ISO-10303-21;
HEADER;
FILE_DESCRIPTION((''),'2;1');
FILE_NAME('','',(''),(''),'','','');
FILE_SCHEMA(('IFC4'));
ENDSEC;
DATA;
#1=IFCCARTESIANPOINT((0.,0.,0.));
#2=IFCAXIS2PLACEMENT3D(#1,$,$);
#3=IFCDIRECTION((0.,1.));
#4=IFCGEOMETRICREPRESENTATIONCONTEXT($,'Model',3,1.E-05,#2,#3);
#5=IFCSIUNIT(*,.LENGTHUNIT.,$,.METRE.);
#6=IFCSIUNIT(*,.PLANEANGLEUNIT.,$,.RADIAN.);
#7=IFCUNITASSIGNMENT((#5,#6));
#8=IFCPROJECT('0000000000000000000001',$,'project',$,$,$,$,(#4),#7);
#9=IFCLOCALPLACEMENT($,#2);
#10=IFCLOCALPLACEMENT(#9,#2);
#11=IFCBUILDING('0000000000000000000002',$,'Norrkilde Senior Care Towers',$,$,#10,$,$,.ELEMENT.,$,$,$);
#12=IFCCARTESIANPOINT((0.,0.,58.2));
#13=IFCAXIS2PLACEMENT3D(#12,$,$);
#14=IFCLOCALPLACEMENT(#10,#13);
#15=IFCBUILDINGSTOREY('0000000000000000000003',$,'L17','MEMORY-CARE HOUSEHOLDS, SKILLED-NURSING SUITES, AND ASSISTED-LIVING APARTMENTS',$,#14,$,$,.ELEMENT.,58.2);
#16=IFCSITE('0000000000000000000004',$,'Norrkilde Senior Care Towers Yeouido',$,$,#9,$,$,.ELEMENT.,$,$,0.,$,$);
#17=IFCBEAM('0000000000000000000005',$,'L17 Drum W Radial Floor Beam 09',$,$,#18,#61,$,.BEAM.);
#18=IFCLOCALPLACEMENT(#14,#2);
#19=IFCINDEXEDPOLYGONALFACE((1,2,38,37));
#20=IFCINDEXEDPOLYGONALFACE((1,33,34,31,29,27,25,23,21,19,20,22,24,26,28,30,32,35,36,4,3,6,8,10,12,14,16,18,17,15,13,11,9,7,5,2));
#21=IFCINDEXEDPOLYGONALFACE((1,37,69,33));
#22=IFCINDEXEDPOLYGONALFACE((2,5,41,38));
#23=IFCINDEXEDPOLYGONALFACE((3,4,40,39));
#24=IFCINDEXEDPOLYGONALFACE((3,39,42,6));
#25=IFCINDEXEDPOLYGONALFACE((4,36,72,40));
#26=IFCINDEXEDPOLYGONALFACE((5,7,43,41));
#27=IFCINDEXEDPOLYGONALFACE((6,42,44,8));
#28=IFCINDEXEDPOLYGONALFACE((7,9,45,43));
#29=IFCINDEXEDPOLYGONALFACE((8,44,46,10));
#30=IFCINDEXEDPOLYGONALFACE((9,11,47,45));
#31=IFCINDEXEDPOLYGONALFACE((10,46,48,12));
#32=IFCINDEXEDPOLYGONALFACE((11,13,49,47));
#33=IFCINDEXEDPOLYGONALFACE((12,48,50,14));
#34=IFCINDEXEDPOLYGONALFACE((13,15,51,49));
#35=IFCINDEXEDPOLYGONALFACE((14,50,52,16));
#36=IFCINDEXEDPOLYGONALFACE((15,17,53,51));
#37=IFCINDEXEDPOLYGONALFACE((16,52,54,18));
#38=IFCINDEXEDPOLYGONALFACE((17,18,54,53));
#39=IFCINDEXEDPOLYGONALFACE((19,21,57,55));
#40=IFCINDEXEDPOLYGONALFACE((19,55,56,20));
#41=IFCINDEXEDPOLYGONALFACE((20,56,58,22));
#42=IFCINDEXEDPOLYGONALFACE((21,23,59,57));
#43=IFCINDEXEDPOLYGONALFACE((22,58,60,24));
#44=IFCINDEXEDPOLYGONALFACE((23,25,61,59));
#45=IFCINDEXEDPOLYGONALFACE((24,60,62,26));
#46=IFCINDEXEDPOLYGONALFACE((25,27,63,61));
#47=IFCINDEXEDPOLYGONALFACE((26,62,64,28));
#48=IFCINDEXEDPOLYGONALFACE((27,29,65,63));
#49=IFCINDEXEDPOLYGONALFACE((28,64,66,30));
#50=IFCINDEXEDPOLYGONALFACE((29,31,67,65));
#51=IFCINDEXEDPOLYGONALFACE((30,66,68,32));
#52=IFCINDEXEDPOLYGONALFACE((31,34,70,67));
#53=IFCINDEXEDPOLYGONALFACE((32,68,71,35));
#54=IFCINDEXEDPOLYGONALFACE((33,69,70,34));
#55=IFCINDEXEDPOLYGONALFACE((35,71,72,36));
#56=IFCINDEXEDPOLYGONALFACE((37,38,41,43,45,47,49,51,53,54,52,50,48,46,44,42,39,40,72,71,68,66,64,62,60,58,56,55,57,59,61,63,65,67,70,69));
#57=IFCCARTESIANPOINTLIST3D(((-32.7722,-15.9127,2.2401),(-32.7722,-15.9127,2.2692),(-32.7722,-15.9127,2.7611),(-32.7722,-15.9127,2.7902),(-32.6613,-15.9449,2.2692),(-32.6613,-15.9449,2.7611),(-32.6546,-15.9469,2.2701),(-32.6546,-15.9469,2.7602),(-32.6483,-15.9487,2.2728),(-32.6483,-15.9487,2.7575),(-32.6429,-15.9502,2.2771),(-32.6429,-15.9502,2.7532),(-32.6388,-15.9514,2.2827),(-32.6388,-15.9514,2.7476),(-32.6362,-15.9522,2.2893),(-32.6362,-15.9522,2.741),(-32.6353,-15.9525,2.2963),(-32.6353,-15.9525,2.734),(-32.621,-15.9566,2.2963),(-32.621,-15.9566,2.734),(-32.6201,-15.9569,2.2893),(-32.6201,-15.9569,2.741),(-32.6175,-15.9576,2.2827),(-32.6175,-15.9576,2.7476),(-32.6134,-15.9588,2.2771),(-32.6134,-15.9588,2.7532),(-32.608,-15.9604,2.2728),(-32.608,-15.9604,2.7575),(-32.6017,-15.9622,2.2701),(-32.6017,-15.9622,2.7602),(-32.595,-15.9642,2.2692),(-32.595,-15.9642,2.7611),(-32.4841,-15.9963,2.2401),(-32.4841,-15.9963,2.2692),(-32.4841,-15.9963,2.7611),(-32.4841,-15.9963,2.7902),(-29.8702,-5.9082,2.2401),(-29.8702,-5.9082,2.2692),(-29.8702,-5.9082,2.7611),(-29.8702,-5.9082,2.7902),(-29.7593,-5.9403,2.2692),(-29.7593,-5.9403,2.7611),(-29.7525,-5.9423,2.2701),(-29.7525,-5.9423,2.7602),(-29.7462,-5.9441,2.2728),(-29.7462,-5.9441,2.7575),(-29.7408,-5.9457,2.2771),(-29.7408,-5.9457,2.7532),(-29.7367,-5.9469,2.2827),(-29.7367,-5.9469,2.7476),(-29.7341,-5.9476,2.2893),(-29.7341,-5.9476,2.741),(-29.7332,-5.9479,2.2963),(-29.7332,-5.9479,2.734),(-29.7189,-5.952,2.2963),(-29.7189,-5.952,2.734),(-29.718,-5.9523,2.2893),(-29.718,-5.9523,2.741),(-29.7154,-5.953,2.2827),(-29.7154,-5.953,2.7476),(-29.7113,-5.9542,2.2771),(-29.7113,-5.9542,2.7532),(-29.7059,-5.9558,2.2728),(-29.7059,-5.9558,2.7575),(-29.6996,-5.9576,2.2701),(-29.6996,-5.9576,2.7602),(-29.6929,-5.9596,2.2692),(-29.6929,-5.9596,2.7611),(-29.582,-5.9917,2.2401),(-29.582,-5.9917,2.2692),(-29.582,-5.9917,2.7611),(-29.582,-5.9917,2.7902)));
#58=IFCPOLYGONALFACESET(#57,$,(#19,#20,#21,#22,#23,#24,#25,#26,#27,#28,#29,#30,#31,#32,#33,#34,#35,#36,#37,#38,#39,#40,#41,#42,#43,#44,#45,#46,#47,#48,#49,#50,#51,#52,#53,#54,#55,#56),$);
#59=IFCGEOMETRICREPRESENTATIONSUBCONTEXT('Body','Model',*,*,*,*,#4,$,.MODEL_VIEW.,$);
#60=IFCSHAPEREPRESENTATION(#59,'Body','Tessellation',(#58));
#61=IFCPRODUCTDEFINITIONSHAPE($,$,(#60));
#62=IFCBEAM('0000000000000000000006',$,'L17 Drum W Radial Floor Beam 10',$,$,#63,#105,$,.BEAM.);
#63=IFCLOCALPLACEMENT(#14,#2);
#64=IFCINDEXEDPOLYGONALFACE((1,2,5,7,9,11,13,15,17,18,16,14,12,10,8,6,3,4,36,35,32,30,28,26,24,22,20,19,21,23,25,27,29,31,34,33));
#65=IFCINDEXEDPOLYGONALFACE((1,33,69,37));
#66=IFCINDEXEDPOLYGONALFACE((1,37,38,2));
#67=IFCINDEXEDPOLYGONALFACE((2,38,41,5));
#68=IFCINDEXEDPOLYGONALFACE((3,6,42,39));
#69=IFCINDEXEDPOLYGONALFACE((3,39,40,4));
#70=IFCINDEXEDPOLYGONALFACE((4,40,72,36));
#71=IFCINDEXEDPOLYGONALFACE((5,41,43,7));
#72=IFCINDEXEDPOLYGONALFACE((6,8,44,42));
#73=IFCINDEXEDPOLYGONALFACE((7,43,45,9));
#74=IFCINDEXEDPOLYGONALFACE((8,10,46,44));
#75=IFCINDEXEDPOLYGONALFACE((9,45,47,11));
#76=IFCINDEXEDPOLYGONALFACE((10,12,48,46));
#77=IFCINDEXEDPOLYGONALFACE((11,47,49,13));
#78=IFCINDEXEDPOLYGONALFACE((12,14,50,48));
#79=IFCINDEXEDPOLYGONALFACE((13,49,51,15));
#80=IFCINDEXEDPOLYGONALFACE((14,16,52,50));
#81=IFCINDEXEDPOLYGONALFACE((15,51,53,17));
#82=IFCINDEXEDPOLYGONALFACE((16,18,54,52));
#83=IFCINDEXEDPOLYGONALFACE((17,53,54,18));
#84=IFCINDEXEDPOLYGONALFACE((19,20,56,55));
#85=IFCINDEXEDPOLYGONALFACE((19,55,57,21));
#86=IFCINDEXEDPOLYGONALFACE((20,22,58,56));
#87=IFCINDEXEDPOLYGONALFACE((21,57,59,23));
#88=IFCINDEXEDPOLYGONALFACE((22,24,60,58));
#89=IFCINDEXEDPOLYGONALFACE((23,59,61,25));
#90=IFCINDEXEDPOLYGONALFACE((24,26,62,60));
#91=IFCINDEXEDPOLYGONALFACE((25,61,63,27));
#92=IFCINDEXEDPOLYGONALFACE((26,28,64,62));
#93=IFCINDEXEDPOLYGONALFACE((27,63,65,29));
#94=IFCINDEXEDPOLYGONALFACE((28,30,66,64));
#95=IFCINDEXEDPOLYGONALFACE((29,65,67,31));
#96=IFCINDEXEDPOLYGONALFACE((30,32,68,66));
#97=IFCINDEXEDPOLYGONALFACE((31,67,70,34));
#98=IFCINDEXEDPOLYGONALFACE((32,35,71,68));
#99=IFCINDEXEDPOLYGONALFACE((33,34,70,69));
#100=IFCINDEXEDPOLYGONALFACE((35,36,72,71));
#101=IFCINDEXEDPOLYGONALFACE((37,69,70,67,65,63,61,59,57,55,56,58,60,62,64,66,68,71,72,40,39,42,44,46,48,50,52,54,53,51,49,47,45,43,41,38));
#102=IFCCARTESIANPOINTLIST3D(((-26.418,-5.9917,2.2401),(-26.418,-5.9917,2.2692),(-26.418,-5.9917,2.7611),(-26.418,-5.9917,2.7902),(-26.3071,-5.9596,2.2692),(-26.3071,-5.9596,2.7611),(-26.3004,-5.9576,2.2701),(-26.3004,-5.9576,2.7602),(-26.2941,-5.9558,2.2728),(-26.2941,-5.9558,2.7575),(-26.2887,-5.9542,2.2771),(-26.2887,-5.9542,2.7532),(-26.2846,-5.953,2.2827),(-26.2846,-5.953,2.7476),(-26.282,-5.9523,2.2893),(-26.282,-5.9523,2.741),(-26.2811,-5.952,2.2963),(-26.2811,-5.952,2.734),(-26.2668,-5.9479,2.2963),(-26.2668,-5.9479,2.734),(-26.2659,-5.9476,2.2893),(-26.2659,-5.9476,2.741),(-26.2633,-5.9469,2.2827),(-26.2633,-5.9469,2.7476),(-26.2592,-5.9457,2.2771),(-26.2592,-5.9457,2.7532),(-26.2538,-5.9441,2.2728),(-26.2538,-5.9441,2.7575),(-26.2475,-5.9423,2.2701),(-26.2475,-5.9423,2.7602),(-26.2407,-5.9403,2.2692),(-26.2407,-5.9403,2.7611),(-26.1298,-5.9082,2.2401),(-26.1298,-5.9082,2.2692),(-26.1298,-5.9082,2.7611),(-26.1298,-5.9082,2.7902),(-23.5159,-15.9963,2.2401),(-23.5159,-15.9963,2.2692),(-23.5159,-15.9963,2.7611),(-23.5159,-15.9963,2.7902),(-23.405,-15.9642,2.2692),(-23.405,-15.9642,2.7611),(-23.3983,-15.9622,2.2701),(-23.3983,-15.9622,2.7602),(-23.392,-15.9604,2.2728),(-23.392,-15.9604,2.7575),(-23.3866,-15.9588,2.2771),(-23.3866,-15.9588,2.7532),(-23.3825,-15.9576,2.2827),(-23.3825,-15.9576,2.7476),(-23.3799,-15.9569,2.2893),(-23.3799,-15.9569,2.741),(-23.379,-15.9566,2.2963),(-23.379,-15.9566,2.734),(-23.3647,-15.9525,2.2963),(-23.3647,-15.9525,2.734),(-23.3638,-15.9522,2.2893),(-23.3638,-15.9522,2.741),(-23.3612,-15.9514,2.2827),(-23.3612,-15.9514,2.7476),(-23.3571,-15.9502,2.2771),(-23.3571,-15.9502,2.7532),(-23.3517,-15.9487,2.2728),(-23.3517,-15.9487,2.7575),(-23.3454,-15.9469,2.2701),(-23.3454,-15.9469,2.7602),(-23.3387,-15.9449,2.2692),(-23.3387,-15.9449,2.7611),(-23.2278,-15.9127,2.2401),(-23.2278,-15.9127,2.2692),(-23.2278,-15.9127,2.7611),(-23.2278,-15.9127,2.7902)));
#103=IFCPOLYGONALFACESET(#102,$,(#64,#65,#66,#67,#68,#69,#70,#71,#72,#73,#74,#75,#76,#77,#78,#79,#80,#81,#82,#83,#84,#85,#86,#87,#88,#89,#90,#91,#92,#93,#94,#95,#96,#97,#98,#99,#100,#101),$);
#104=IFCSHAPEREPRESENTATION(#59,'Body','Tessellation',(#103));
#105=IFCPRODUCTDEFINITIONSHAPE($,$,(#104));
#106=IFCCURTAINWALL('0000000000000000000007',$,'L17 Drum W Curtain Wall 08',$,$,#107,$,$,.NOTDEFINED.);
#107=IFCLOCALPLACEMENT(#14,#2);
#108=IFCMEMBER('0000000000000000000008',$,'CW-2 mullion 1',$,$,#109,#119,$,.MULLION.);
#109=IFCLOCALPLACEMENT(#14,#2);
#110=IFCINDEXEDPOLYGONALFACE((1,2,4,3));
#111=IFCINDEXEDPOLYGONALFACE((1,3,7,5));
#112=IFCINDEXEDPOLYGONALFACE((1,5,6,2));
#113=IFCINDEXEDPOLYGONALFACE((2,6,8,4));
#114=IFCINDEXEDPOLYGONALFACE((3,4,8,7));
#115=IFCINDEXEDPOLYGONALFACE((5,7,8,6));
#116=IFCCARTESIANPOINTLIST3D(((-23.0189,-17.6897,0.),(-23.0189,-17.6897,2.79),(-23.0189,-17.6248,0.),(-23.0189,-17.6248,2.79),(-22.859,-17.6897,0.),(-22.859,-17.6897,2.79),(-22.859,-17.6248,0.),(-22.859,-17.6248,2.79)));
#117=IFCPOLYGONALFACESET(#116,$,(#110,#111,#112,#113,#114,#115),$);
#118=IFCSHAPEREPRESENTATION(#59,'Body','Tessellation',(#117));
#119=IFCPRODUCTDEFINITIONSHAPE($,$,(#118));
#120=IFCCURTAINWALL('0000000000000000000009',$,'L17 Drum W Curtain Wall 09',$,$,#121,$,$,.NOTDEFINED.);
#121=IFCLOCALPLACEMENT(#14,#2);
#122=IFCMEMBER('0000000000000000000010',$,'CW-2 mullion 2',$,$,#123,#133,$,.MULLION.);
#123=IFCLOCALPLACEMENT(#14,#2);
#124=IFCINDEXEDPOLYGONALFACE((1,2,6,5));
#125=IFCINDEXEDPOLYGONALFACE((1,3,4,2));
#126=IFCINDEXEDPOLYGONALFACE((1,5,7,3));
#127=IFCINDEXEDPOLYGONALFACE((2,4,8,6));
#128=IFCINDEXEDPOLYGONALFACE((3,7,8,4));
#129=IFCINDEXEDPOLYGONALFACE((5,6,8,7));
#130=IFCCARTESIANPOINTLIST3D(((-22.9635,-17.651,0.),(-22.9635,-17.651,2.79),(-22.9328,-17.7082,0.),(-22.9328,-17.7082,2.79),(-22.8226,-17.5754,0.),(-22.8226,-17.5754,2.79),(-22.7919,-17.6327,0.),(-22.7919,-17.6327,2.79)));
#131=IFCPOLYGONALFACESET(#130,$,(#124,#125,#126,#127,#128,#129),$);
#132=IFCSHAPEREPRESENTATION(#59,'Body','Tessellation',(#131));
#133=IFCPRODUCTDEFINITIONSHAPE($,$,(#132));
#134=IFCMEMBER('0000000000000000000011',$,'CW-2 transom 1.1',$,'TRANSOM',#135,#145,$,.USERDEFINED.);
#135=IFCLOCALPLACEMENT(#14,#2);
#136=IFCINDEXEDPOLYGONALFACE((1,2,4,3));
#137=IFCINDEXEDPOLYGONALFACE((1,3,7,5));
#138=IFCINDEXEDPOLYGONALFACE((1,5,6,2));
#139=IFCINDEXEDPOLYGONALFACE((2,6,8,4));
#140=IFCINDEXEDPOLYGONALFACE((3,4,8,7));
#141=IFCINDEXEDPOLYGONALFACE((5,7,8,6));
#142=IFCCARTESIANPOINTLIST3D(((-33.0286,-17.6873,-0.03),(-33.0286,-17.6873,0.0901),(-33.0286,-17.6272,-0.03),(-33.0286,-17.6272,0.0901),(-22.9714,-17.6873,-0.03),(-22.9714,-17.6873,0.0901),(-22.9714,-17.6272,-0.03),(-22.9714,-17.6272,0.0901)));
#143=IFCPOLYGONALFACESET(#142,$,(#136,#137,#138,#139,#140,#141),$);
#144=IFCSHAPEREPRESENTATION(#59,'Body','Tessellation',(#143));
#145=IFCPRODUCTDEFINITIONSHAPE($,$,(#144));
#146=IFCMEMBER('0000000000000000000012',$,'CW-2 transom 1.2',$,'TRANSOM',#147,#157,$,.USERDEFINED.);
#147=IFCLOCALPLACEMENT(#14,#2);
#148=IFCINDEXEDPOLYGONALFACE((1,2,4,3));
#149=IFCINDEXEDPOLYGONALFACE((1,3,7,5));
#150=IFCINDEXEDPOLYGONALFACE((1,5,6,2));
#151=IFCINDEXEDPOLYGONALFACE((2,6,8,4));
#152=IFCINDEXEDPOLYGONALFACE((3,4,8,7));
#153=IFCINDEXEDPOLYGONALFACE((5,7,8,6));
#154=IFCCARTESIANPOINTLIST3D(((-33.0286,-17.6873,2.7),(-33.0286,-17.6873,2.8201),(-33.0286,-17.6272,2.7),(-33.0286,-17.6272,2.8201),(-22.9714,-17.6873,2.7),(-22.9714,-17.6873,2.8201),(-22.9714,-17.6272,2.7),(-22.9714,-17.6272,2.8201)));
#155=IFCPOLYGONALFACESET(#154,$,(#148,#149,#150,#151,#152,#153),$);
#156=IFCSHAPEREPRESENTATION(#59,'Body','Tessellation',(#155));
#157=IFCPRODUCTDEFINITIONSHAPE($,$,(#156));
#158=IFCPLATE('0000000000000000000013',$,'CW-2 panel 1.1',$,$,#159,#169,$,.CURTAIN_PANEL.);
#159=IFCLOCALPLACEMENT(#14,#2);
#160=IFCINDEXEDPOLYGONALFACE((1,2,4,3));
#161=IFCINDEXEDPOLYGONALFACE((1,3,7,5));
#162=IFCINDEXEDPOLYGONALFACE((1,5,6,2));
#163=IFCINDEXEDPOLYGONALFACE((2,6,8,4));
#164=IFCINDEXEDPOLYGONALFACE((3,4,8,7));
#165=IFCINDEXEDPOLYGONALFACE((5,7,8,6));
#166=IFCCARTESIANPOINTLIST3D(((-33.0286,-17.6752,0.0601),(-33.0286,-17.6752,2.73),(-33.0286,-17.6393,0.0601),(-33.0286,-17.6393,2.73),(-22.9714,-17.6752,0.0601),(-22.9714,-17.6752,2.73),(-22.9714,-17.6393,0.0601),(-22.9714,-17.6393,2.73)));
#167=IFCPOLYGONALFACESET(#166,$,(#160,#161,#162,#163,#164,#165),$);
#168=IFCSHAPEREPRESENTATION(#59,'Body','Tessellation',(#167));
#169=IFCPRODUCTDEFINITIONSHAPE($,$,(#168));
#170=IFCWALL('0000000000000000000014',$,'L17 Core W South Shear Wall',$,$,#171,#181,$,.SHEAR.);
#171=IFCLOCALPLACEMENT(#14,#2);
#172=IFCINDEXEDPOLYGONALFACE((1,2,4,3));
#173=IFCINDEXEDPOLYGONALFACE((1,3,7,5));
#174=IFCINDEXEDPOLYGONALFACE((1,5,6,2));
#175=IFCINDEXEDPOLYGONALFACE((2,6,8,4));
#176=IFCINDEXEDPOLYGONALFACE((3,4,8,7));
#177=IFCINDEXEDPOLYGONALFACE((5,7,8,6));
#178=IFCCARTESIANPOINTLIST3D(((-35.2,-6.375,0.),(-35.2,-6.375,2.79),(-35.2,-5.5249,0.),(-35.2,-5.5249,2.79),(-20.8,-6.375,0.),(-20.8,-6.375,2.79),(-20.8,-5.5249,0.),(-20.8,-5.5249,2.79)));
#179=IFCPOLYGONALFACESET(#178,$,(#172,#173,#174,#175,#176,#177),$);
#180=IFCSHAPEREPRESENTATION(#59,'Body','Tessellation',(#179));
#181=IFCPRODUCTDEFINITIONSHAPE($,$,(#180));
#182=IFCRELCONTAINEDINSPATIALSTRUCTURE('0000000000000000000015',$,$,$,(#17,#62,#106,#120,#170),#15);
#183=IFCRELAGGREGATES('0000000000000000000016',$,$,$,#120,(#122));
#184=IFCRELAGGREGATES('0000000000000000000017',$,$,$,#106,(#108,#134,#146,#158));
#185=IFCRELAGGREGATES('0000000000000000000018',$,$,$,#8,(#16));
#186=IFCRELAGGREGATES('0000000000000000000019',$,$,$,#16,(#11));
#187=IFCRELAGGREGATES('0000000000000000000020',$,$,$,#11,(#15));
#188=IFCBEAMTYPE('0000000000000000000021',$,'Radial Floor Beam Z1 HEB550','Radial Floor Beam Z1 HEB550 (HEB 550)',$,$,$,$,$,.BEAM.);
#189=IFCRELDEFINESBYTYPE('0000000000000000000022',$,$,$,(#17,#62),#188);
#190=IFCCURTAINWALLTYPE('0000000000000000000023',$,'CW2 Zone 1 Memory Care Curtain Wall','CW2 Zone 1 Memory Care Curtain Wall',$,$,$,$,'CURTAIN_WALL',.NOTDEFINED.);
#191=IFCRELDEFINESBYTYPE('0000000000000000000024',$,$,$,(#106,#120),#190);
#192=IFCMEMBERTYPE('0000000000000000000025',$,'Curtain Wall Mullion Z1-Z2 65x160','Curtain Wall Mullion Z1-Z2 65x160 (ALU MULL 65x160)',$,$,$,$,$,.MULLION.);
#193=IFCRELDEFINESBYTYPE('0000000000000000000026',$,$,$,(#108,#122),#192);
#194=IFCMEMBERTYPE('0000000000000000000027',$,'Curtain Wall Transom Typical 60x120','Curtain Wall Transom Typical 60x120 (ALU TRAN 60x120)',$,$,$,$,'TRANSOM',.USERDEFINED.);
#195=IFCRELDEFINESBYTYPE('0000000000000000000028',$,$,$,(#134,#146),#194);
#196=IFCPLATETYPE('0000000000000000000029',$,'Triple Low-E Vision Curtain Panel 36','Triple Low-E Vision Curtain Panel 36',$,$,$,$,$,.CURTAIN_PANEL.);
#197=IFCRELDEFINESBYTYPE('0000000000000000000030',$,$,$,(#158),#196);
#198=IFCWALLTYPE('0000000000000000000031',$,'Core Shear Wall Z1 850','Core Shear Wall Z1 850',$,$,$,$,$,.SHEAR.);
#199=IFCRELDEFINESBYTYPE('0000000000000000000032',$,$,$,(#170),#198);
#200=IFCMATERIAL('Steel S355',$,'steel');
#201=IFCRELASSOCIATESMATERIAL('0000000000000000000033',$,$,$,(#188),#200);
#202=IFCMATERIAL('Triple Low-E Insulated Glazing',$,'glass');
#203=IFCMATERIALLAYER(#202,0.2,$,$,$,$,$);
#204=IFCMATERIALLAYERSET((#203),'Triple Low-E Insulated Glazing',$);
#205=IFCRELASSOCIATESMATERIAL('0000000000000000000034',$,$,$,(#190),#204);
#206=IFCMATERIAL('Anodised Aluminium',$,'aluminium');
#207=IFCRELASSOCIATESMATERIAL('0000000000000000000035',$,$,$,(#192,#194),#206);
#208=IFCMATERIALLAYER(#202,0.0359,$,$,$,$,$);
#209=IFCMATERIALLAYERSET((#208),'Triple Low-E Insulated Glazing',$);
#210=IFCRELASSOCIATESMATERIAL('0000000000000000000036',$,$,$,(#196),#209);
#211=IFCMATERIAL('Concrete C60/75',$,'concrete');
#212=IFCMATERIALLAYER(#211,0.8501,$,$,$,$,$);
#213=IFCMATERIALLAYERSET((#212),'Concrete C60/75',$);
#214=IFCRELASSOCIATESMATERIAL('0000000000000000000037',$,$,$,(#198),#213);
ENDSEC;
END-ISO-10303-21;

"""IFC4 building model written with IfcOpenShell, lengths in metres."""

from ifc_helpers import new_model, si_unit, direction, frame, frame_2d, origin, origin_2d, place, context, subcontext, project, spatial, rectangle, i_section, extrude, source, transform, mapped, material, layer, layer_set, material_profile, profile_set, type_object, type_shapes, element, aggregate, save


model = new_model("IFC4")

# Units and contexts
model_context = context("Model", 3, precision=1e-05, world=origin(), true_north=direction((0.0, 1.0)))
body_context = subcontext(model_context, "Body", "Model", "MODEL_VIEW")
ifc_project = project(units=[si_unit("LENGTHUNIT", "METRE"), si_unit("PLANEANGLEUNIT", "RADIAN")], contexts=[model_context])

# Site, building, storey
site_placement = place(None, origin())
site = spatial("IfcSite", under=ifc_project, at=site_placement, Name="Norrkilde Senior Care Towers Yeouido", CompositionType="ELEMENT", RefElevation=0.0)
building_placement = place(site_placement, origin())
building = spatial("IfcBuilding", under=site, at=building_placement, Name="Norrkilde Senior Care Towers", CompositionType="ELEMENT")
storey_placement = place(building_placement, frame((0.0, 0.0, 58.2)))
storey = spatial("IfcBuildingStorey", under=building, at=storey_placement, Name="L17", Description="MEMORY-CARE HOUSEHOLDS, SKILLED-NURSING SUITES, AND ASSISTED-LIVING APARTMENTS", CompositionType="ELEMENT", Elevation=58.2)

# Shared definitions
ifc_material_1 = material(Name="Concrete C60/75", Category="concrete")

# Beams
ifc_material_2 = material(Name="Steel S355", Category="steel")
ifc_material_profile_1 = material_profile(ifc_material_2, i_section(OverallWidth=0.3, OverallDepth=0.55, WebThickness=0.0149, FlangeThickness=0.0291, FilletRadius=0.0271, at=origin_2d()), Name="HEB 550")
ifc_profile_set_1 = profile_set([ifc_material_profile_1], Name="Steel S355")
beam_type_1 = type_object("IfcBeamType", Name="Radial Floor Beam Z1 HEB550", Description="Radial Floor Beam Z1 HEB550 (HEB 550)", PredefinedType="BEAM", material=ifc_profile_set_1)
shared_shape_1 = source(origin(), body_context, "Body", "SweptSolid", [
    extrude(i_section(OverallWidth=0.3, OverallDepth=0.55, WebThickness=0.0149, FlangeThickness=0.0291, FilletRadius=0.0271, at=origin_2d()), origin(), (0.0, 0.0, 1.0), 10.417),
])
for number, where, z_axis, x_axis, name in (
    (1, (-29.7261, -5.95, 2.5151), (-0.278591, -0.96041, 0.0), (0.96041, -0.278591, 0.0), "L17 Drum W Radial Floor Beam 09"),
    (2, (-26.2739, -5.95, 2.5151), (0.278591, -0.96041, 0.0), (0.96041, 0.278591, 0.0), "L17 Drum W Radial Floor Beam 10"),
):
    element("IfcBeam", number, at=place(storey_placement, frame(where, z_axis=z_axis, x_axis=x_axis)), inside=storey, type_object=beam_type_1, Name=name, PredefinedType="BEAM", context=body_context, shape_type="MappedRepresentation", body=[
        mapped(shared_shape_1, transform((0.0, 0.0, 0.0), x_axis=(1.0, 0.0, 0.0), y_axis=(0.0, 1.0, 0.0), z_axis=(0.0, 0.0, 1.0), scale=1.0)),
    ])

# Curtain walls, members
ifc_material_3 = material(Name="Triple Low-E Insulated Glazing", Category="glass")
ifc_layer_1 = layer(ifc_material_3, 0.2)
ifc_layer_set_1 = layer_set([ifc_layer_1], Name="Triple Low-E Insulated Glazing")
curtain_wall_type = type_object("IfcCurtainWallType", Name="CW2 Zone 1 Memory Care Curtain Wall", Description="CW2 Zone 1 Memory Care Curtain Wall", ElementType="CURTAIN_WALL", PredefinedType="NOTDEFINED", material=ifc_layer_set_1)
curtain_wall_1_placement = place(storey_placement, origin())
curtain_wall_1 = element("IfcCurtainWall", 3, at=curtain_wall_1_placement, inside=storey, type_object=curtain_wall_type, Name="L17 Drum W Curtain Wall 08", PredefinedType="NOTDEFINED")
ifc_material_4 = material(Name="Anodised Aluminium", Category="aluminium")
ifc_material_profile_2 = material_profile(ifc_material_4, rectangle(XDim=0.0649, YDim=0.1599, at=origin_2d()), Name="ALU MULL 65x160")
ifc_profile_set_2 = profile_set([ifc_material_profile_2], Name="Anodised Aluminium")
member_type_1 = type_object("IfcMemberType", Name="Curtain Wall Mullion Z1-Z2 65x160", Description="Curtain Wall Mullion Z1-Z2 65x160 (ALU MULL 65x160)", PredefinedType="MULLION", material=ifc_profile_set_2)
shared_shape_2 = source(origin(), body_context, "Body", "SweptSolid", [
    extrude(rectangle(XDim=0.0649, YDim=0.1599, at=origin_2d()), origin(), (0.0, 0.0, 1.0), 2.79),
])
type_shapes(member_type_1, [shared_shape_2])
member_1_placement = place(storey_placement, frame((-22.939, -17.6572, 0.0), z_axis=(0.0, 0.0, 1.0), x_axis=(0.0, -1.0, 0.0)))
member_1 = element("IfcMember", 4, at=member_1_placement, type_object=member_type_1, Name="CW-2 mullion 1", PredefinedType="MULLION", context=body_context, shape_type="MappedRepresentation", body=[
    mapped(shared_shape_2, transform((0.0, 0.0, 0.0), x_axis=(1.0, 0.0, 0.0), y_axis=(0.0, 1.0, 0.0), z_axis=(0.0, 0.0, 1.0), scale=1.0)),
])
curtain_wall_2_placement = place(storey_placement, origin())
curtain_wall_2 = element("IfcCurtainWall", 5, at=curtain_wall_2_placement, inside=storey, type_object=curtain_wall_type, Name="L17 Drum W Curtain Wall 09", PredefinedType="NOTDEFINED")
member_2_placement = place(storey_placement, frame((-22.8777, -17.6418, 0.0), z_axis=(0.0, 0.0, 1.0), x_axis=(0.472608, -0.881273, 0.0)))
member_2 = element("IfcMember", 6, at=member_2_placement, type_object=member_type_1, Name="CW-2 mullion 2", PredefinedType="MULLION", context=body_context, shape_type="MappedRepresentation", body=[
    mapped(shared_shape_2, transform((0.0, 0.0, 0.0), x_axis=(1.0, 0.0, 0.0), y_axis=(0.0, 1.0, 0.0), z_axis=(0.0, 0.0, 1.0), scale=1.0)),
])
aggregate(curtain_wall_2, [member_2])

# Members
ifc_material_profile_3 = material_profile(ifc_material_4, rectangle(XDim=0.0601, YDim=0.1201, at=origin_2d()), Name="ALU TRAN 60x120")
ifc_profile_set_3 = profile_set([ifc_material_profile_3], Name="Anodised Aluminium")
member_type_2 = type_object("IfcMemberType", Name="Curtain Wall Transom Typical 60x120", Description="Curtain Wall Transom Typical 60x120 (ALU TRAN 60x120)", ElementType="TRANSOM", PredefinedType="USERDEFINED", material=ifc_profile_set_3)
shared_shape_3 = source(origin(), body_context, "Body", "SweptSolid", [
    extrude(rectangle(XDim=0.0601, YDim=0.1201, at=origin_2d()), origin(), (0.0, 0.0, 1.0), 10.0571),
])
type_shapes(member_type_2, [shared_shape_3])
member_3_placement = place(storey_placement, frame((-22.9714, -17.6572, 0.03), z_axis=(-1.0, 0.0, 0.0), x_axis=(0.0, -1.0, 0.0)))
member_3 = element("IfcMember", 7, at=member_3_placement, type_object=member_type_2, Name="CW-2 transom 1.1", ObjectType="TRANSOM", PredefinedType="USERDEFINED", context=body_context, shape_type="MappedRepresentation", body=[
    mapped(shared_shape_3, transform((0.0, 0.0, 0.0), x_axis=(1.0, 0.0, 0.0), y_axis=(0.0, 1.0, 0.0), z_axis=(0.0, 0.0, 1.0), scale=1.0)),
])
member_4_placement = place(storey_placement, frame((-22.9714, -17.6572, 2.76), z_axis=(-1.0, 0.0, 0.0), x_axis=(0.0, -1.0, 0.0)))
member_4 = element("IfcMember", 8, at=member_4_placement, type_object=member_type_2, Name="CW-2 transom 1.2", ObjectType="TRANSOM", PredefinedType="USERDEFINED", context=body_context, shape_type="MappedRepresentation", body=[
    mapped(shared_shape_3, transform((0.0, 0.0, 0.0), x_axis=(1.0, 0.0, 0.0), y_axis=(0.0, 1.0, 0.0), z_axis=(0.0, 0.0, 1.0), scale=1.0)),
])

# Plate
ifc_layer_2 = layer(ifc_material_3, 0.0359)
ifc_layer_set_2 = layer_set([ifc_layer_2], Name="Triple Low-E Insulated Glazing")
plate_type = type_object("IfcPlateType", Name="Triple Low-E Vision Curtain Panel 36", Description="Triple Low-E Vision Curtain Panel 36", PredefinedType="CURTAIN_PANEL", material=ifc_layer_set_2)
shared_shape_4 = source(origin(), body_context, "Body", "SweptSolid", [
    extrude(rectangle(XDim=10.0571, YDim=0.0359, at=origin_2d()), origin(), (0.0, 0.0, 1.0), 2.6699),
])
type_shapes(plate_type, [shared_shape_4])
plate_placement = place(storey_placement, frame((-28.0, -17.6572, 0.0601), z_axis=(0.0, 0.0, 1.0), x_axis=(-1.0, 0.0, 0.0)))
plate = element("IfcPlate", 9, at=plate_placement, type_object=plate_type, Name="CW-2 panel 1.1", PredefinedType="CURTAIN_PANEL", context=body_context, shape_type="MappedRepresentation", body=[
    mapped(shared_shape_4, transform((0.0, 0.0, 0.0), x_axis=(1.0, 0.0, 0.0), y_axis=(0.0, 1.0, 0.0), z_axis=(0.0, 0.0, 1.0), scale=1.0)),
])
aggregate(curtain_wall_1, [member_1, member_3, member_4, plate])

# Wall
ifc_layer_3 = layer(ifc_material_1, 0.8501)
ifc_layer_set_3 = layer_set([ifc_layer_3], Name="Concrete C60/75")
wall_type_1 = type_object("IfcWallType", Name="Core Shear Wall Z1 850", Description="Core Shear Wall Z1 850", PredefinedType="SHEAR", material=ifc_layer_set_3)
shared_shape_5 = source(origin(), body_context, "Body", "SweptSolid", [
    extrude(rectangle(XDim=14.3999, YDim=0.8501, at=frame_2d((7.2, 0.0))), origin(), (0.0, 0.0, 1.0), 2.79),
])
type_shapes(wall_type_1, [shared_shape_5])
wall_1_placement = place(storey_placement, frame((-20.8, -5.95, 0.0), z_axis=(0.0, 0.0, 1.0), x_axis=(-1.0, 0.0, 0.0)))
element("IfcWall", 10, at=wall_1_placement, inside=storey, type_object=wall_type_1, Name="L17 Core W South Shear Wall", PredefinedType="SHEAR", context=body_context, shape_type="MappedRepresentation", body=[
    mapped(shared_shape_5, transform((0.0, 0.0, 0.0), x_axis=(1.0, 0.0, 0.0), y_axis=(0.0, 1.0, 0.0), z_axis=(0.0, 0.0, 1.0), scale=1.0)),
])

save(model, "model.ifc")
